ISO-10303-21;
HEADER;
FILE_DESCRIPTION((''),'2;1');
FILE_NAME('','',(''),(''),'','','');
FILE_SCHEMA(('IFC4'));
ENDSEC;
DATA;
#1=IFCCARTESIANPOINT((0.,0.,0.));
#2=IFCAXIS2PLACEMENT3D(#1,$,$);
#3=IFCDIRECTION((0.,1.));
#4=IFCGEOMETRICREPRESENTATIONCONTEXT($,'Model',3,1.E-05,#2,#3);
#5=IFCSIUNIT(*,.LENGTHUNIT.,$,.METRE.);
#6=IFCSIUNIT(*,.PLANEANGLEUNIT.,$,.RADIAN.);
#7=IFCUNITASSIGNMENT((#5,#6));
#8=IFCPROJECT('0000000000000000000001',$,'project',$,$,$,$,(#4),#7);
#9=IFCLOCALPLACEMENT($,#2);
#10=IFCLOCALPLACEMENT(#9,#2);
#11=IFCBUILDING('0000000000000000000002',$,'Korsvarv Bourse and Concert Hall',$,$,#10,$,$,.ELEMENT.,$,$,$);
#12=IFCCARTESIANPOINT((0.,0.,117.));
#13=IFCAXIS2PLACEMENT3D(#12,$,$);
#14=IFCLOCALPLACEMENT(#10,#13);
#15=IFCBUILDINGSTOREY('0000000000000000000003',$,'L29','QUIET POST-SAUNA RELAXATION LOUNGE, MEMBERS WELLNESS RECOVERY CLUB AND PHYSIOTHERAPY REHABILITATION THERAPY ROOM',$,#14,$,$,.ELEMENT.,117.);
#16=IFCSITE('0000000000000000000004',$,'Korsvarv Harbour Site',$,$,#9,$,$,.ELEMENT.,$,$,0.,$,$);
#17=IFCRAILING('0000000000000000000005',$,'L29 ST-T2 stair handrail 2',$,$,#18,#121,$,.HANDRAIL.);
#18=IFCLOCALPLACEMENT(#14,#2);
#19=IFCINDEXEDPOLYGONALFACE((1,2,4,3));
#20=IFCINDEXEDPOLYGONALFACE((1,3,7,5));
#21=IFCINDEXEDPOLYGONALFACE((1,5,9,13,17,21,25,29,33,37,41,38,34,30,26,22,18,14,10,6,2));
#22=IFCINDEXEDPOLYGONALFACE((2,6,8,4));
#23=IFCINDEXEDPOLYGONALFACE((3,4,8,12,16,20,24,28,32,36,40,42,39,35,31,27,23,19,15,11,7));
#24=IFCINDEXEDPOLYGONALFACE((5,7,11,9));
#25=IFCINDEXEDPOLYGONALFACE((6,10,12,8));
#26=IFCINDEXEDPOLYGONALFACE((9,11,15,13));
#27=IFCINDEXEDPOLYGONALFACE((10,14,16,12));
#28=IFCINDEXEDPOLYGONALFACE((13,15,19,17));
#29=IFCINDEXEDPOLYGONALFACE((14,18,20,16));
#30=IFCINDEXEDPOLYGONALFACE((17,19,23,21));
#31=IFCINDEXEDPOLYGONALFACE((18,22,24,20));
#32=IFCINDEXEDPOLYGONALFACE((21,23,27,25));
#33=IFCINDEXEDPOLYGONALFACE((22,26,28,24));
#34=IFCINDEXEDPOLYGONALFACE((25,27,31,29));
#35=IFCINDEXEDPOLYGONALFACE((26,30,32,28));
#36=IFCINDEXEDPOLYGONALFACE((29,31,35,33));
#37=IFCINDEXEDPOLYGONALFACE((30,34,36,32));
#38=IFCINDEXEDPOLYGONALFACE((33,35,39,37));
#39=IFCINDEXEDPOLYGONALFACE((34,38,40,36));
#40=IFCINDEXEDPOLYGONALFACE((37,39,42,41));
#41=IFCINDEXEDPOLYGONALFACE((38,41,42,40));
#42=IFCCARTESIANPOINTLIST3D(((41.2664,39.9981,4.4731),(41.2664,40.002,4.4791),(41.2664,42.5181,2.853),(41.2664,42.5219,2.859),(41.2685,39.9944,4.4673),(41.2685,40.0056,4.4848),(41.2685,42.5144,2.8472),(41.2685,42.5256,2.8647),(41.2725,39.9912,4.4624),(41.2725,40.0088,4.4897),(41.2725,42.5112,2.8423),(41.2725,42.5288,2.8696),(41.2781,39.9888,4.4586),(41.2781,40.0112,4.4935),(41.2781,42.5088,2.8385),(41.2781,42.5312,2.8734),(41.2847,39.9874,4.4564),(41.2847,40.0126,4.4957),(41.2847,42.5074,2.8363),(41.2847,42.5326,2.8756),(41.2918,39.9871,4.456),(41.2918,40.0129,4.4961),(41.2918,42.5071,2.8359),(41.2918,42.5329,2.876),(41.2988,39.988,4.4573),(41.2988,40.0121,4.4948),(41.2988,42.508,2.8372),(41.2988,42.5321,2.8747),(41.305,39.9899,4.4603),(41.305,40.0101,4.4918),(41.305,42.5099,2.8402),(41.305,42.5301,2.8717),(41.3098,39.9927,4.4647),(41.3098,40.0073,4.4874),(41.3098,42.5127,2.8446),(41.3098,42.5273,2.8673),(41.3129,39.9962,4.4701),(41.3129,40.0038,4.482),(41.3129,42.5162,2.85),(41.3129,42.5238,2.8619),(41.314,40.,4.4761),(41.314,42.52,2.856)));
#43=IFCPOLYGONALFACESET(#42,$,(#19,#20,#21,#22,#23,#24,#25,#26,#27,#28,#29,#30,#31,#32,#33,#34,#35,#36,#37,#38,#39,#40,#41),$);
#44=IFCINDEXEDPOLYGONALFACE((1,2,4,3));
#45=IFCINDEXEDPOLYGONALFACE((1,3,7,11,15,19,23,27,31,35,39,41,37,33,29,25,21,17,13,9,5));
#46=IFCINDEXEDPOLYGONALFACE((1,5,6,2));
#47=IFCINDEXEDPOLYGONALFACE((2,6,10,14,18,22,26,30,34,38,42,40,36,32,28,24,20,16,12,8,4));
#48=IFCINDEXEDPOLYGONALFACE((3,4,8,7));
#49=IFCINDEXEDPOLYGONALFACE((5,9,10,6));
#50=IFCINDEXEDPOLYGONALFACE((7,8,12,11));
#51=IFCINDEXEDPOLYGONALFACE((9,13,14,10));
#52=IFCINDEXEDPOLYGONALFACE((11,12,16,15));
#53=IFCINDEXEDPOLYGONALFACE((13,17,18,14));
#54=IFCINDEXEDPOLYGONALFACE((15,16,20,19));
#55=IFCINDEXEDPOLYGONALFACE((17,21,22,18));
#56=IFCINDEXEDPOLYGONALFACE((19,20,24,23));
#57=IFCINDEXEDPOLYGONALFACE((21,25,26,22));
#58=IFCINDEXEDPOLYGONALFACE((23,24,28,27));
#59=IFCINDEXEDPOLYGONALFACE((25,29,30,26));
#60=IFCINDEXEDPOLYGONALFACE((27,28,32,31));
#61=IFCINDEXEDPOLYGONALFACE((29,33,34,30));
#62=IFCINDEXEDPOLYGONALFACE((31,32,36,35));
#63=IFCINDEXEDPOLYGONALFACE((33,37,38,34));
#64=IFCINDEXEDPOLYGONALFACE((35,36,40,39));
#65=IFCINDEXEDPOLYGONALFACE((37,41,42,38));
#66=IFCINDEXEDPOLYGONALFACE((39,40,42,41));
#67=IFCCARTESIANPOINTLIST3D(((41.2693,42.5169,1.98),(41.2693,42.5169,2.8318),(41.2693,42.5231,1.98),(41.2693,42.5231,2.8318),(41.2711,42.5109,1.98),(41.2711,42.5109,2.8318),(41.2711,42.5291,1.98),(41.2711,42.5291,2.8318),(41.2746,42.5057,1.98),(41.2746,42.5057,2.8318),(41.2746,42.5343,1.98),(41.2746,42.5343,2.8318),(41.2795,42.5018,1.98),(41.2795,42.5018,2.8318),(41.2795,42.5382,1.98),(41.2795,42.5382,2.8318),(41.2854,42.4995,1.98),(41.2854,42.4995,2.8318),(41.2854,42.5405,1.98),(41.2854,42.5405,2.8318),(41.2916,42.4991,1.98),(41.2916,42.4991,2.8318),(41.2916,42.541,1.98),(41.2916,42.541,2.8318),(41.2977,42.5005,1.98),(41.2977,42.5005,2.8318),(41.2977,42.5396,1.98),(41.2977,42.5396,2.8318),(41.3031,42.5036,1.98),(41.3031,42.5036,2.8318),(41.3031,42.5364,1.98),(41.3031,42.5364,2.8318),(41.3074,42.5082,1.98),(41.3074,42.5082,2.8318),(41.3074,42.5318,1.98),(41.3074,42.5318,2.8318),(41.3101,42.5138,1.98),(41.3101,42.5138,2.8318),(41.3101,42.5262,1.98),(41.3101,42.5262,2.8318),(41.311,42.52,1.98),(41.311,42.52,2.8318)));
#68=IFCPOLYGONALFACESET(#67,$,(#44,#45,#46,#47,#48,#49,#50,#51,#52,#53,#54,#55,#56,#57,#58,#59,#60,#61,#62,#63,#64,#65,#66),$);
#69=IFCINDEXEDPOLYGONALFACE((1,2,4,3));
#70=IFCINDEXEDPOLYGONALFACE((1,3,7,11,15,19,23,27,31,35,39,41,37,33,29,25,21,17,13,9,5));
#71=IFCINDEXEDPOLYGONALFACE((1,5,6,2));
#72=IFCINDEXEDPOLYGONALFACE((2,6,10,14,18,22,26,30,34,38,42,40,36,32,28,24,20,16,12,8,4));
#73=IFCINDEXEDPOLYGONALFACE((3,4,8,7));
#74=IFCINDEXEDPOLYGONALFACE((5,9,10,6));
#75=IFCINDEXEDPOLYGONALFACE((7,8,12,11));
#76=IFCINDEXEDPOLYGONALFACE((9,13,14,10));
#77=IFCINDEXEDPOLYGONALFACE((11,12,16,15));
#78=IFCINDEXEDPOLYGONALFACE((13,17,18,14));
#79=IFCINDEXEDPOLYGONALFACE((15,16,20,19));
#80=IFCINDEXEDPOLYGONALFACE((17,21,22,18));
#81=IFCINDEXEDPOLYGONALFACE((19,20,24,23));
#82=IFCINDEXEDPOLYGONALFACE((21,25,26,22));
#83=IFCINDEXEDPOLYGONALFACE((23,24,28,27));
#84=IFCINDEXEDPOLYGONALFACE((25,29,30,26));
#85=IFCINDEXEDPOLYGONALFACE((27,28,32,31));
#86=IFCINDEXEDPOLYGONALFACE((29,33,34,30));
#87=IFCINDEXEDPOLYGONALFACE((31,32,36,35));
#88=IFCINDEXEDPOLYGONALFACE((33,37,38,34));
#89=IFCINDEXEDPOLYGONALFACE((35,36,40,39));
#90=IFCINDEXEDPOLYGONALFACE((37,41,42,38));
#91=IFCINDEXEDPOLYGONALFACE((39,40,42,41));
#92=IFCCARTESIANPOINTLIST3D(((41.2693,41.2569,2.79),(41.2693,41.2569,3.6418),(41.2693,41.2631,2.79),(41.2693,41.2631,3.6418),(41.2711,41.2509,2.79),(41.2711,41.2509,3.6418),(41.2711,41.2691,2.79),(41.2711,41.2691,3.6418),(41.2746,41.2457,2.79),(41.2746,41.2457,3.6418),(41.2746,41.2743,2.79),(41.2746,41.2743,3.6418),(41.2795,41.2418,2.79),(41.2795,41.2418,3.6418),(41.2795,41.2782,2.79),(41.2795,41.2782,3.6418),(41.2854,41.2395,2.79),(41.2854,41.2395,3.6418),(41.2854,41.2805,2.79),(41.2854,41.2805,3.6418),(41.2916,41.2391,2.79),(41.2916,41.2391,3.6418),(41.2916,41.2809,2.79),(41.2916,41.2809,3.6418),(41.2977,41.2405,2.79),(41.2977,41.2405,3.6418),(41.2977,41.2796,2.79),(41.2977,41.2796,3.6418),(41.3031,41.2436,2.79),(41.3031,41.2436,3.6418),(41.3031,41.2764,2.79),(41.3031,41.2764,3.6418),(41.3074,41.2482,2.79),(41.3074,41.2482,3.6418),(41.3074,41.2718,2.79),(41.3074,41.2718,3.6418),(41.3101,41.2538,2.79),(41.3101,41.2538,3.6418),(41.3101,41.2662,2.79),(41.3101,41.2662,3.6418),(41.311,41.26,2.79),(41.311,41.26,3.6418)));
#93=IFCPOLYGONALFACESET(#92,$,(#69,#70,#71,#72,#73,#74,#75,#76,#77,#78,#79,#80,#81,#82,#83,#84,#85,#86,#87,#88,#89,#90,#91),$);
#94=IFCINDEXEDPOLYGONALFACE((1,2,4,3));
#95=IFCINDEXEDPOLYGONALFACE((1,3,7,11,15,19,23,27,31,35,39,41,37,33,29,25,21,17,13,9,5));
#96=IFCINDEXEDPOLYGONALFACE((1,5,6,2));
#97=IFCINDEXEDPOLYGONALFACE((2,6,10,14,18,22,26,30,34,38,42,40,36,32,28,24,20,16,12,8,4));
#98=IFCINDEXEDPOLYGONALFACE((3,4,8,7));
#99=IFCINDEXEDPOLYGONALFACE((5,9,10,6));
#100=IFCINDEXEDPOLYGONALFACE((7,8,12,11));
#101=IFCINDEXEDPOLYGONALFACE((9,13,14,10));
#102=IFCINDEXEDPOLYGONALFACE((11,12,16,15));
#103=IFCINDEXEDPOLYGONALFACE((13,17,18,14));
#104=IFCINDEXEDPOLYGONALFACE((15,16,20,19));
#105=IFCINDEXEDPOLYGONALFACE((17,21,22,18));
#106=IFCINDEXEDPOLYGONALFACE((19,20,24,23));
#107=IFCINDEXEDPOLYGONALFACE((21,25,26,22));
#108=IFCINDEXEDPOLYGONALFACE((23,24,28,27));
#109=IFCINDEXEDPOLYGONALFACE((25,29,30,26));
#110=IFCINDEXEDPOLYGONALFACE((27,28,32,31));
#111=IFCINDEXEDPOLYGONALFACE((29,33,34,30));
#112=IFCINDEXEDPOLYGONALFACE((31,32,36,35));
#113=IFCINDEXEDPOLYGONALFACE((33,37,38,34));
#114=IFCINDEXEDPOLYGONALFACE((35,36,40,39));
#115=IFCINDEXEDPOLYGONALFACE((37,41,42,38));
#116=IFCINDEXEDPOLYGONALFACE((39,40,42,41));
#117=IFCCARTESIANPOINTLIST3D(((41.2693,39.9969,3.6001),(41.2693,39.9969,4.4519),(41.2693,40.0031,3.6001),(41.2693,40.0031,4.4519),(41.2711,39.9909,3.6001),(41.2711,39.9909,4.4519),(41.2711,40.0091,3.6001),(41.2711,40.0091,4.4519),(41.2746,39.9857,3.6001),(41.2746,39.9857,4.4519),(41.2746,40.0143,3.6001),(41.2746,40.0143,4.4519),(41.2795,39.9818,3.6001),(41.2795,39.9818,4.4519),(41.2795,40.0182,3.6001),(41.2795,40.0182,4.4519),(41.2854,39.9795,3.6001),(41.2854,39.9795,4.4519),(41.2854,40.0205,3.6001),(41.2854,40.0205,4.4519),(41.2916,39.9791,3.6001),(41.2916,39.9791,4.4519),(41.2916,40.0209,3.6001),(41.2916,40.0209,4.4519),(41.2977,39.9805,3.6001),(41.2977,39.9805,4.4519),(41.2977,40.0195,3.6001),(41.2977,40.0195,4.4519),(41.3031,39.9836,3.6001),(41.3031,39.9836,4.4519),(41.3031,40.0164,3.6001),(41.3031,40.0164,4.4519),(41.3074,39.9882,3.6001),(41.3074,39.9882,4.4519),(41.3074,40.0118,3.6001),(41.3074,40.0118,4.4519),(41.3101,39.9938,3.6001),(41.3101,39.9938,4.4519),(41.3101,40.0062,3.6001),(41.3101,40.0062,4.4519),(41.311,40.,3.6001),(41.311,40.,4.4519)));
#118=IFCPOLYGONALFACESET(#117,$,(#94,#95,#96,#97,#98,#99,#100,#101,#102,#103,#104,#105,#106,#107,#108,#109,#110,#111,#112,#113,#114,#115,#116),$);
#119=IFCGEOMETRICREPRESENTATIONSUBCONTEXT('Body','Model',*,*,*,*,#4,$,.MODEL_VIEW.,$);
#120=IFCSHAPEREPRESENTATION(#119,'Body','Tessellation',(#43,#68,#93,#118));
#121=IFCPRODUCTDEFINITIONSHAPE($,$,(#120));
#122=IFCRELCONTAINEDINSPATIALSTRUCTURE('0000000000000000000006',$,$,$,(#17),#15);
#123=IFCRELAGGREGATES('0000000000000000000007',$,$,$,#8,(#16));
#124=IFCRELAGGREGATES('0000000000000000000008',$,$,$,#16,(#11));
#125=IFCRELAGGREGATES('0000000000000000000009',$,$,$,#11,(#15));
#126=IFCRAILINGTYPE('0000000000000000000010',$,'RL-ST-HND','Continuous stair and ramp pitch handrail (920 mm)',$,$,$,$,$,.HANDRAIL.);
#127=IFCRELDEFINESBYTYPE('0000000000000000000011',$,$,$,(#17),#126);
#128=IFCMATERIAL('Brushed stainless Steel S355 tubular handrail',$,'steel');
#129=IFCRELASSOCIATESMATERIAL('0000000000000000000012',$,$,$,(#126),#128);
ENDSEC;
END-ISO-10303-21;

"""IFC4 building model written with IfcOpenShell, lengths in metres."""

from ifc_helpers import new_model, si_unit, direction, frame, origin, origin_2d, place, context, subcontext, project, spatial, circle, extrude, material, type_object, element, save


model = new_model("IFC4")

# Units and contexts
model_context = context("Model", 3, precision=1e-05, world=origin(), true_north=direction((0.0, 1.0)))
body_context = subcontext(model_context, "Body", "Model", "MODEL_VIEW")
ifc_project = project(units=[si_unit("LENGTHUNIT", "METRE"), si_unit("PLANEANGLEUNIT", "RADIAN")], contexts=[model_context])

# Site, building, storey
site_placement = place(None, origin())
site = spatial("IfcSite", under=ifc_project, at=site_placement, Name="Korsvarv Harbour Site", CompositionType="ELEMENT", RefElevation=0.0)
building_placement = place(site_placement, origin())
building = spatial("IfcBuilding", under=site, at=building_placement, Name="Korsvarv Bourse and Concert Hall", CompositionType="ELEMENT")
storey_placement = place(building_placement, frame((0.0, 0.0, 117.0)))
storey = spatial("IfcBuildingStorey", under=building, at=storey_placement, Name="L29", Description="QUIET POST-SAUNA RELAXATION LOUNGE, MEMBERS WELLNESS RECOVERY CLUB AND PHYSIOTHERAPY REHABILITATION THERAPY ROOM", CompositionType="ELEMENT", Elevation=117.0)

# Railing
ifc_material_1 = material(Name="Brushed stainless Steel S355 tubular handrail", Category="steel")
railing_type = type_object("IfcRailingType", Name="RL-ST-HND", Description="Continuous stair and ramp pitch handrail (920 mm)", PredefinedType="HANDRAIL", material=ifc_material_1)
railing_placement = place(storey_placement, frame((41.29, 42.52, 1.98)))
element("IfcRailing", 1, at=railing_placement, inside=storey, type_object=railing_type, Name="L29 ST-T2 stair handrail 2", PredefinedType="HANDRAIL", context=body_context, shape_type="SweptSolid", body=[
    extrude(circle(Radius=0.0239, at=origin_2d()), frame((0.0, 0.0, 0.876), z_axis=(0.0, -0.841163, 0.540782), x_axis=(1.0, 0.0, 0.0)), (0.0, 0.0, 1.0), 2.9958),
    extrude(circle(Radius=0.021, at=origin_2d()), origin(), (0.0, 0.0, 1.0), 0.8518),
    extrude(circle(Radius=0.021, at=origin_2d()), frame((0.0, -1.26, 0.8101)), (0.0, 0.0, 1.0), 0.8518),
    extrude(circle(Radius=0.021, at=origin_2d()), frame((0.0, -2.52, 1.6201)), (0.0, 0.0, 1.0), 0.8518),
])

save(model, "model.ifc")
